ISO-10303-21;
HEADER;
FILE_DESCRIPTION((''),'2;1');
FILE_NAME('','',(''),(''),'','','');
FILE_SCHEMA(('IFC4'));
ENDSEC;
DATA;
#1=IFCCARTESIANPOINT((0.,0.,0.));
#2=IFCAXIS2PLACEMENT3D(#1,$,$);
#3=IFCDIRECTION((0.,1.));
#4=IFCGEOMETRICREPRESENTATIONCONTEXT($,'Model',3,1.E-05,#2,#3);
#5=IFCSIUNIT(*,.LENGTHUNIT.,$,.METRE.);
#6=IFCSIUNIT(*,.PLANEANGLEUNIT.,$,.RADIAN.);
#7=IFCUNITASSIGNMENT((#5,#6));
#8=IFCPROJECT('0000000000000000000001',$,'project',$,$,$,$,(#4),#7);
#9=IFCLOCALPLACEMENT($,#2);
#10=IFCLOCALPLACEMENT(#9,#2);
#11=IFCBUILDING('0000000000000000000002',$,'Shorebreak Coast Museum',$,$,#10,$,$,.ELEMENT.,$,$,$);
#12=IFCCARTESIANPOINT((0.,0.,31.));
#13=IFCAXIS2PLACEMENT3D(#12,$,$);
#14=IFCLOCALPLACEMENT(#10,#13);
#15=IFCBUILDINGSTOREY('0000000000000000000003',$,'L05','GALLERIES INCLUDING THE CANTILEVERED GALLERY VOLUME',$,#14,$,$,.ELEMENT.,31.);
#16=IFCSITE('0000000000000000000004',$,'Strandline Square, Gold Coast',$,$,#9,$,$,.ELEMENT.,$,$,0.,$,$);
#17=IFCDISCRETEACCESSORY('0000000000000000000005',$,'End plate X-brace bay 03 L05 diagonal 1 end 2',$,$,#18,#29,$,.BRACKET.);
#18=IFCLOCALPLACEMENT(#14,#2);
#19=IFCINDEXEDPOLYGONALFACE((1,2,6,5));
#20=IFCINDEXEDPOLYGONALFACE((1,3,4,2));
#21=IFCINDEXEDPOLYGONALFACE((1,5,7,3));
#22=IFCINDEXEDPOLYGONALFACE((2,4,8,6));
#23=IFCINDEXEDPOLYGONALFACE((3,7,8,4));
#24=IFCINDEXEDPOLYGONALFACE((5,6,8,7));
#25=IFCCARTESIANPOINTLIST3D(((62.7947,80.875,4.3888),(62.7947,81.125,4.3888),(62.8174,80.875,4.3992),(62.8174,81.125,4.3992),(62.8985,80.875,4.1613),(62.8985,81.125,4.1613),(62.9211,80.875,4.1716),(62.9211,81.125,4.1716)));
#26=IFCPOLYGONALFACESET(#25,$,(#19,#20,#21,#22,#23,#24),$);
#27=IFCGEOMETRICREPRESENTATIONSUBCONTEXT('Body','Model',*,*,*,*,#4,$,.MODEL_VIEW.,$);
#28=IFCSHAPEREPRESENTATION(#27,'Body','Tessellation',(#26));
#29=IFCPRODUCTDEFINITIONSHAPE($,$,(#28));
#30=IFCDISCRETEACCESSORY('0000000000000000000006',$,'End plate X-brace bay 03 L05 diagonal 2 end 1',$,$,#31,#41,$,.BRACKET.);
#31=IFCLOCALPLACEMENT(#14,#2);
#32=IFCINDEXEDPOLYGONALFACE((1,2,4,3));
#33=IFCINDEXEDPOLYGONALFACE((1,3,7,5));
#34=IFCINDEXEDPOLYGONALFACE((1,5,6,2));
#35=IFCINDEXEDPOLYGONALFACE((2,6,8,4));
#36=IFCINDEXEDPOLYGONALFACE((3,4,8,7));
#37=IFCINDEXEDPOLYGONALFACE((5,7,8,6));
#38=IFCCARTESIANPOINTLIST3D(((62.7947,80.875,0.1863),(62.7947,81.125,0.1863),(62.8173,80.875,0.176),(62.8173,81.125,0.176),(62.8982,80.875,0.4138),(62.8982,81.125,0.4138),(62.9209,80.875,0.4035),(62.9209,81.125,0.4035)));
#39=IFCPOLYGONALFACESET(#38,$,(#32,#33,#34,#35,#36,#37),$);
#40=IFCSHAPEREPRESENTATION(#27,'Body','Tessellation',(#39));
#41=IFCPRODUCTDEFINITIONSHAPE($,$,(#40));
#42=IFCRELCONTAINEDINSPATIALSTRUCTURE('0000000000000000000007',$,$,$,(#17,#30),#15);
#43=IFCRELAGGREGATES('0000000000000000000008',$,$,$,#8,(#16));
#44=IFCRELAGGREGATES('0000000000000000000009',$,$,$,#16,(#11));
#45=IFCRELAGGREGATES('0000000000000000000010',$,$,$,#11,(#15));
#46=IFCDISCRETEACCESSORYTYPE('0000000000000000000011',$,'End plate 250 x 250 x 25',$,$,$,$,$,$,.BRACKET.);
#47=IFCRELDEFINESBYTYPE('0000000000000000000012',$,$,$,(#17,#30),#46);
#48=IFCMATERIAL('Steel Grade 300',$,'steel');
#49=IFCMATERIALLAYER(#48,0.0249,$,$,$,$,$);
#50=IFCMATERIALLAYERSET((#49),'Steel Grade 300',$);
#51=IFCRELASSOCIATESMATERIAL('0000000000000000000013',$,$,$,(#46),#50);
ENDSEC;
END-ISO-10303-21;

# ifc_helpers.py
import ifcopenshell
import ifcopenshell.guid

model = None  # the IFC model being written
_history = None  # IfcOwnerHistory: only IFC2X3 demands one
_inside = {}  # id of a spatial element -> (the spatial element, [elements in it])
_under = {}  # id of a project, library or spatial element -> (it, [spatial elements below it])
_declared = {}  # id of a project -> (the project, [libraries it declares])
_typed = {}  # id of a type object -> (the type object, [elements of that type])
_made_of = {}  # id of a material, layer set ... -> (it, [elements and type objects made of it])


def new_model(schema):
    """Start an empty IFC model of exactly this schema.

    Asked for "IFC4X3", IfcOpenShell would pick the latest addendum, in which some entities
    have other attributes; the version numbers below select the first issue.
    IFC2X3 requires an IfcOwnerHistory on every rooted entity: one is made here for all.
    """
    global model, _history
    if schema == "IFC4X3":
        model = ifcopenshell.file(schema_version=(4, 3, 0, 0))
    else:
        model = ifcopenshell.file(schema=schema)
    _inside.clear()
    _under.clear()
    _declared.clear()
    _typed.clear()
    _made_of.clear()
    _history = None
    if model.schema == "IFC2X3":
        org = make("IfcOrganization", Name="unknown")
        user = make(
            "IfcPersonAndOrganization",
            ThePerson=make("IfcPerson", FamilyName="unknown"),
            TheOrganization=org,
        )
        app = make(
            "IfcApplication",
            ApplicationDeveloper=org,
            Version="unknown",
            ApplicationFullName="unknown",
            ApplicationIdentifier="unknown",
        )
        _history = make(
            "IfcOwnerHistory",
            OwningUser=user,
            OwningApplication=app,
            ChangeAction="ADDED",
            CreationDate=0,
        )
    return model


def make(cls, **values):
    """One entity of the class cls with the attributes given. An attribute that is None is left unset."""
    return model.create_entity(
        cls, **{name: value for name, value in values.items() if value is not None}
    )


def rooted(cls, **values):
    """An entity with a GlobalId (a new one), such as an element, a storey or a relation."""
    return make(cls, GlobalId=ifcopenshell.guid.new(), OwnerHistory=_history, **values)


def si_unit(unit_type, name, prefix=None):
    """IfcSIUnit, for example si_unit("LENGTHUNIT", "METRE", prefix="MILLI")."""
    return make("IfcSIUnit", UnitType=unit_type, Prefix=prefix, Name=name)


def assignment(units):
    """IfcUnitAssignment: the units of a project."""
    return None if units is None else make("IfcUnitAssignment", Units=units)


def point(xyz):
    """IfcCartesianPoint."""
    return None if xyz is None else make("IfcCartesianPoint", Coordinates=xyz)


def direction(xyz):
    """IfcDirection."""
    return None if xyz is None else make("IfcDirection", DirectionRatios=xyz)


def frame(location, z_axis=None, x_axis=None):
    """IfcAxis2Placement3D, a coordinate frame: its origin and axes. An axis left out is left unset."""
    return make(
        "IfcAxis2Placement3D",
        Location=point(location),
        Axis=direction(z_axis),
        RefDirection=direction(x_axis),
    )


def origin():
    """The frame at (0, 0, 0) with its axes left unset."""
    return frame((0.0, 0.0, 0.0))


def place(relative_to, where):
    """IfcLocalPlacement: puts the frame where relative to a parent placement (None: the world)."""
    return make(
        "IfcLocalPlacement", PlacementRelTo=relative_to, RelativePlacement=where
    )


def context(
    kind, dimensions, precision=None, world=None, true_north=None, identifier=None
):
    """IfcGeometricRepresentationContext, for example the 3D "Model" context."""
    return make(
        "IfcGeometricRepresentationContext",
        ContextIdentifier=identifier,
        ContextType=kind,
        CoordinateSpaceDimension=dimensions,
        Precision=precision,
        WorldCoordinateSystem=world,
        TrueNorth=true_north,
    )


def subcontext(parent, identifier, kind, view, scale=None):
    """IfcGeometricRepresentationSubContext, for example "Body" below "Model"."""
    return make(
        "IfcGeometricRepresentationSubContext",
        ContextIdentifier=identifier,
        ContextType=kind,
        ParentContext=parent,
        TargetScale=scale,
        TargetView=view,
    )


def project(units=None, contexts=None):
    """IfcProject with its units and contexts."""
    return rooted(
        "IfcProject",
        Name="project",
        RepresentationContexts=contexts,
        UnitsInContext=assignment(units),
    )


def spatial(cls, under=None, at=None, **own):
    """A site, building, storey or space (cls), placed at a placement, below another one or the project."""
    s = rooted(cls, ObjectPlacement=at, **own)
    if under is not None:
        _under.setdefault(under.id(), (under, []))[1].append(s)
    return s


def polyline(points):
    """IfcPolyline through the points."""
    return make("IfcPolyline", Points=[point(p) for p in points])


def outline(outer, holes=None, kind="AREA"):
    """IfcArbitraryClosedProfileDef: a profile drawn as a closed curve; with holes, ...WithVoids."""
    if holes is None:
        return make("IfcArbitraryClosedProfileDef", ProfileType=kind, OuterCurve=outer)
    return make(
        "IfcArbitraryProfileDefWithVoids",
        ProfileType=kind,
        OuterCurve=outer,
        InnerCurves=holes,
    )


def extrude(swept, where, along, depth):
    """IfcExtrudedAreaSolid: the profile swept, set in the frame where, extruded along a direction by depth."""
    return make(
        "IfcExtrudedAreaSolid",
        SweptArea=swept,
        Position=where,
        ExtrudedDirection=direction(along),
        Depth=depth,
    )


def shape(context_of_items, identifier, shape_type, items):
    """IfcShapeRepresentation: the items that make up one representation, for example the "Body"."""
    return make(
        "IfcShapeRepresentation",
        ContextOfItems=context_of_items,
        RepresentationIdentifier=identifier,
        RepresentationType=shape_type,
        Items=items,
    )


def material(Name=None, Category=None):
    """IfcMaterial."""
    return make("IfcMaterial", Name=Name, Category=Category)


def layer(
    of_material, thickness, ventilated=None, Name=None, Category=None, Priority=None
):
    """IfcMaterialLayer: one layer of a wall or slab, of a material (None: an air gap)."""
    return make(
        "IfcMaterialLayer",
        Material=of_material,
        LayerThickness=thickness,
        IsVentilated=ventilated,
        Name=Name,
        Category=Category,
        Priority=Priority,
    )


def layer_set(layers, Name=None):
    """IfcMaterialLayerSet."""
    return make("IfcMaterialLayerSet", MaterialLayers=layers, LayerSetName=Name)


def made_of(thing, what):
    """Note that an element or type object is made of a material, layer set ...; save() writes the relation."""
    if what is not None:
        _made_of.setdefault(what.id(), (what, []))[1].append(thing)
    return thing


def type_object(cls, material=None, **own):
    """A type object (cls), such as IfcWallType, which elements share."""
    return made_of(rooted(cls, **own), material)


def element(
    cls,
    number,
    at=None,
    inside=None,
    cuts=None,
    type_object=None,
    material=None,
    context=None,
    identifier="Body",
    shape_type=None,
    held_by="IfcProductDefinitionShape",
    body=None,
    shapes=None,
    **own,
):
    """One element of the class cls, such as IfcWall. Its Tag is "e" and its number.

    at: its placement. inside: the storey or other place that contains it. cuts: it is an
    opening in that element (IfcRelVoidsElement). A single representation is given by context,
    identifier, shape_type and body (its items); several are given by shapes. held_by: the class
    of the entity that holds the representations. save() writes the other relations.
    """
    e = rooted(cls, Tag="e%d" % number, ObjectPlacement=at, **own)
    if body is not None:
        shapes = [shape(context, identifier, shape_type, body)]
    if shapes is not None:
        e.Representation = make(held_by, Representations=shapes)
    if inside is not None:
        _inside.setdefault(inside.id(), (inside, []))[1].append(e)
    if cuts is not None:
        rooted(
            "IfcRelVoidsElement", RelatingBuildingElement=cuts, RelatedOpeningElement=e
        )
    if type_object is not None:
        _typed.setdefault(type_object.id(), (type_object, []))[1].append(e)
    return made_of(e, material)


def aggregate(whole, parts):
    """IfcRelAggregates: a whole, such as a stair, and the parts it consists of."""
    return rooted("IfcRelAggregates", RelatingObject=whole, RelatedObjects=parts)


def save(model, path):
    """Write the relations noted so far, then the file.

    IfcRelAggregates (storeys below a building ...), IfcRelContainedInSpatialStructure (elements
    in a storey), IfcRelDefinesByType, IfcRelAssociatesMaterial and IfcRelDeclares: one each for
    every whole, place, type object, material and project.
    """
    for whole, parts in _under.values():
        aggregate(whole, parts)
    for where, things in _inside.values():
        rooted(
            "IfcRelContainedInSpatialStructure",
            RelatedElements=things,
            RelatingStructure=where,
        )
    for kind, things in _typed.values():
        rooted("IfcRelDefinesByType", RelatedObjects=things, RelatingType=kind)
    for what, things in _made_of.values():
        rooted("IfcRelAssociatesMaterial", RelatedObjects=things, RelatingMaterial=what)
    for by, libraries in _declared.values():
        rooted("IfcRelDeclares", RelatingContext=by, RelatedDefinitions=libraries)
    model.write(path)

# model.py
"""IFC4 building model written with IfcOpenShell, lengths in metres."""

from ifc_helpers import new_model, si_unit, direction, frame, origin, place, context, subcontext, project, spatial, polyline, outline, extrude, material, layer, layer_set, type_object, element, save


model = new_model("IFC4")

# Units and contexts
model_context = context("Model", 3, precision=1e-05, world=origin(), true_north=direction((0.0, 1.0)))
body_context = subcontext(model_context, "Body", "Model", "MODEL_VIEW")
ifc_project = project(units=[si_unit("LENGTHUNIT", "METRE"), si_unit("PLANEANGLEUNIT", "RADIAN")], contexts=[model_context])

# Site, building, storey
site_placement = place(None, origin())
site = spatial("IfcSite", under=ifc_project, at=site_placement, Name="Strandline Square, Gold Coast", CompositionType="ELEMENT", RefElevation=0.0)
building_placement = place(site_placement, origin())
building = spatial("IfcBuilding", under=site, at=building_placement, Name="Shorebreak Coast Museum", CompositionType="ELEMENT")
storey_placement = place(building_placement, frame((0.0, 0.0, 31.0)))
storey = spatial("IfcBuildingStorey", under=building, at=storey_placement, Name="L05", Description="GALLERIES INCLUDING THE CANTILEVERED GALLERY VOLUME", CompositionType="ELEMENT", Elevation=31.0)

# Discrete accessories
ifc_material_1 = material(Name="Steel Grade 300", Category="steel")
ifc_layer_1 = layer(ifc_material_1, 0.0249)
ifc_layer_set_1 = layer_set([ifc_layer_1], Name="Steel Grade 300")
discrete_accessory_type = type_object("IfcDiscreteAccessoryType", Name="End plate 250 x 250 x 25", PredefinedType="BRACKET", material=ifc_layer_set_1)
discrete_accessory_1_placement = place(storey_placement, frame((62.9211, 80.875, 4.1716), z_axis=(0.909864, 0.0, 0.414906), x_axis=(0.0, 1.0, 0.0)))
element("IfcDiscreteAccessory", 1, at=discrete_accessory_1_placement, inside=storey, type_object=discrete_accessory_type, Name="End plate X-brace bay 03 L05 diagonal 1 end 2", PredefinedType="BRACKET", context=body_context, shape_type="SweptSolid", body=[
    extrude(outline(polyline([(0.0, 0.0), (0.25, 0.0), (0.25, 0.2501), (0.0, 0.2501), (0.0, 0.0)])), origin(), (0.0, 0.0, -1.0), 0.0249),
])
discrete_accessory_2_placement = place(storey_placement, frame((62.7947, 81.125, 0.1863), z_axis=(-0.910233, 0.0, 0.414097), x_axis=(0.0, -1.0, 0.0)))
element("IfcDiscreteAccessory", 2, at=discrete_accessory_2_placement, inside=storey, type_object=discrete_accessory_type, Name="End plate X-brace bay 03 L05 diagonal 2 end 1", PredefinedType="BRACKET", context=body_context, shape_type="SweptSolid", body=[
    extrude(outline(polyline([(0.0, 0.0), (0.25, 0.0), (0.25, 0.25), (0.0, 0.25), (0.0, 0.0)])), origin(), (0.0, 0.0, -1.0), 0.0249),
])

save(model, "model.ifc")
